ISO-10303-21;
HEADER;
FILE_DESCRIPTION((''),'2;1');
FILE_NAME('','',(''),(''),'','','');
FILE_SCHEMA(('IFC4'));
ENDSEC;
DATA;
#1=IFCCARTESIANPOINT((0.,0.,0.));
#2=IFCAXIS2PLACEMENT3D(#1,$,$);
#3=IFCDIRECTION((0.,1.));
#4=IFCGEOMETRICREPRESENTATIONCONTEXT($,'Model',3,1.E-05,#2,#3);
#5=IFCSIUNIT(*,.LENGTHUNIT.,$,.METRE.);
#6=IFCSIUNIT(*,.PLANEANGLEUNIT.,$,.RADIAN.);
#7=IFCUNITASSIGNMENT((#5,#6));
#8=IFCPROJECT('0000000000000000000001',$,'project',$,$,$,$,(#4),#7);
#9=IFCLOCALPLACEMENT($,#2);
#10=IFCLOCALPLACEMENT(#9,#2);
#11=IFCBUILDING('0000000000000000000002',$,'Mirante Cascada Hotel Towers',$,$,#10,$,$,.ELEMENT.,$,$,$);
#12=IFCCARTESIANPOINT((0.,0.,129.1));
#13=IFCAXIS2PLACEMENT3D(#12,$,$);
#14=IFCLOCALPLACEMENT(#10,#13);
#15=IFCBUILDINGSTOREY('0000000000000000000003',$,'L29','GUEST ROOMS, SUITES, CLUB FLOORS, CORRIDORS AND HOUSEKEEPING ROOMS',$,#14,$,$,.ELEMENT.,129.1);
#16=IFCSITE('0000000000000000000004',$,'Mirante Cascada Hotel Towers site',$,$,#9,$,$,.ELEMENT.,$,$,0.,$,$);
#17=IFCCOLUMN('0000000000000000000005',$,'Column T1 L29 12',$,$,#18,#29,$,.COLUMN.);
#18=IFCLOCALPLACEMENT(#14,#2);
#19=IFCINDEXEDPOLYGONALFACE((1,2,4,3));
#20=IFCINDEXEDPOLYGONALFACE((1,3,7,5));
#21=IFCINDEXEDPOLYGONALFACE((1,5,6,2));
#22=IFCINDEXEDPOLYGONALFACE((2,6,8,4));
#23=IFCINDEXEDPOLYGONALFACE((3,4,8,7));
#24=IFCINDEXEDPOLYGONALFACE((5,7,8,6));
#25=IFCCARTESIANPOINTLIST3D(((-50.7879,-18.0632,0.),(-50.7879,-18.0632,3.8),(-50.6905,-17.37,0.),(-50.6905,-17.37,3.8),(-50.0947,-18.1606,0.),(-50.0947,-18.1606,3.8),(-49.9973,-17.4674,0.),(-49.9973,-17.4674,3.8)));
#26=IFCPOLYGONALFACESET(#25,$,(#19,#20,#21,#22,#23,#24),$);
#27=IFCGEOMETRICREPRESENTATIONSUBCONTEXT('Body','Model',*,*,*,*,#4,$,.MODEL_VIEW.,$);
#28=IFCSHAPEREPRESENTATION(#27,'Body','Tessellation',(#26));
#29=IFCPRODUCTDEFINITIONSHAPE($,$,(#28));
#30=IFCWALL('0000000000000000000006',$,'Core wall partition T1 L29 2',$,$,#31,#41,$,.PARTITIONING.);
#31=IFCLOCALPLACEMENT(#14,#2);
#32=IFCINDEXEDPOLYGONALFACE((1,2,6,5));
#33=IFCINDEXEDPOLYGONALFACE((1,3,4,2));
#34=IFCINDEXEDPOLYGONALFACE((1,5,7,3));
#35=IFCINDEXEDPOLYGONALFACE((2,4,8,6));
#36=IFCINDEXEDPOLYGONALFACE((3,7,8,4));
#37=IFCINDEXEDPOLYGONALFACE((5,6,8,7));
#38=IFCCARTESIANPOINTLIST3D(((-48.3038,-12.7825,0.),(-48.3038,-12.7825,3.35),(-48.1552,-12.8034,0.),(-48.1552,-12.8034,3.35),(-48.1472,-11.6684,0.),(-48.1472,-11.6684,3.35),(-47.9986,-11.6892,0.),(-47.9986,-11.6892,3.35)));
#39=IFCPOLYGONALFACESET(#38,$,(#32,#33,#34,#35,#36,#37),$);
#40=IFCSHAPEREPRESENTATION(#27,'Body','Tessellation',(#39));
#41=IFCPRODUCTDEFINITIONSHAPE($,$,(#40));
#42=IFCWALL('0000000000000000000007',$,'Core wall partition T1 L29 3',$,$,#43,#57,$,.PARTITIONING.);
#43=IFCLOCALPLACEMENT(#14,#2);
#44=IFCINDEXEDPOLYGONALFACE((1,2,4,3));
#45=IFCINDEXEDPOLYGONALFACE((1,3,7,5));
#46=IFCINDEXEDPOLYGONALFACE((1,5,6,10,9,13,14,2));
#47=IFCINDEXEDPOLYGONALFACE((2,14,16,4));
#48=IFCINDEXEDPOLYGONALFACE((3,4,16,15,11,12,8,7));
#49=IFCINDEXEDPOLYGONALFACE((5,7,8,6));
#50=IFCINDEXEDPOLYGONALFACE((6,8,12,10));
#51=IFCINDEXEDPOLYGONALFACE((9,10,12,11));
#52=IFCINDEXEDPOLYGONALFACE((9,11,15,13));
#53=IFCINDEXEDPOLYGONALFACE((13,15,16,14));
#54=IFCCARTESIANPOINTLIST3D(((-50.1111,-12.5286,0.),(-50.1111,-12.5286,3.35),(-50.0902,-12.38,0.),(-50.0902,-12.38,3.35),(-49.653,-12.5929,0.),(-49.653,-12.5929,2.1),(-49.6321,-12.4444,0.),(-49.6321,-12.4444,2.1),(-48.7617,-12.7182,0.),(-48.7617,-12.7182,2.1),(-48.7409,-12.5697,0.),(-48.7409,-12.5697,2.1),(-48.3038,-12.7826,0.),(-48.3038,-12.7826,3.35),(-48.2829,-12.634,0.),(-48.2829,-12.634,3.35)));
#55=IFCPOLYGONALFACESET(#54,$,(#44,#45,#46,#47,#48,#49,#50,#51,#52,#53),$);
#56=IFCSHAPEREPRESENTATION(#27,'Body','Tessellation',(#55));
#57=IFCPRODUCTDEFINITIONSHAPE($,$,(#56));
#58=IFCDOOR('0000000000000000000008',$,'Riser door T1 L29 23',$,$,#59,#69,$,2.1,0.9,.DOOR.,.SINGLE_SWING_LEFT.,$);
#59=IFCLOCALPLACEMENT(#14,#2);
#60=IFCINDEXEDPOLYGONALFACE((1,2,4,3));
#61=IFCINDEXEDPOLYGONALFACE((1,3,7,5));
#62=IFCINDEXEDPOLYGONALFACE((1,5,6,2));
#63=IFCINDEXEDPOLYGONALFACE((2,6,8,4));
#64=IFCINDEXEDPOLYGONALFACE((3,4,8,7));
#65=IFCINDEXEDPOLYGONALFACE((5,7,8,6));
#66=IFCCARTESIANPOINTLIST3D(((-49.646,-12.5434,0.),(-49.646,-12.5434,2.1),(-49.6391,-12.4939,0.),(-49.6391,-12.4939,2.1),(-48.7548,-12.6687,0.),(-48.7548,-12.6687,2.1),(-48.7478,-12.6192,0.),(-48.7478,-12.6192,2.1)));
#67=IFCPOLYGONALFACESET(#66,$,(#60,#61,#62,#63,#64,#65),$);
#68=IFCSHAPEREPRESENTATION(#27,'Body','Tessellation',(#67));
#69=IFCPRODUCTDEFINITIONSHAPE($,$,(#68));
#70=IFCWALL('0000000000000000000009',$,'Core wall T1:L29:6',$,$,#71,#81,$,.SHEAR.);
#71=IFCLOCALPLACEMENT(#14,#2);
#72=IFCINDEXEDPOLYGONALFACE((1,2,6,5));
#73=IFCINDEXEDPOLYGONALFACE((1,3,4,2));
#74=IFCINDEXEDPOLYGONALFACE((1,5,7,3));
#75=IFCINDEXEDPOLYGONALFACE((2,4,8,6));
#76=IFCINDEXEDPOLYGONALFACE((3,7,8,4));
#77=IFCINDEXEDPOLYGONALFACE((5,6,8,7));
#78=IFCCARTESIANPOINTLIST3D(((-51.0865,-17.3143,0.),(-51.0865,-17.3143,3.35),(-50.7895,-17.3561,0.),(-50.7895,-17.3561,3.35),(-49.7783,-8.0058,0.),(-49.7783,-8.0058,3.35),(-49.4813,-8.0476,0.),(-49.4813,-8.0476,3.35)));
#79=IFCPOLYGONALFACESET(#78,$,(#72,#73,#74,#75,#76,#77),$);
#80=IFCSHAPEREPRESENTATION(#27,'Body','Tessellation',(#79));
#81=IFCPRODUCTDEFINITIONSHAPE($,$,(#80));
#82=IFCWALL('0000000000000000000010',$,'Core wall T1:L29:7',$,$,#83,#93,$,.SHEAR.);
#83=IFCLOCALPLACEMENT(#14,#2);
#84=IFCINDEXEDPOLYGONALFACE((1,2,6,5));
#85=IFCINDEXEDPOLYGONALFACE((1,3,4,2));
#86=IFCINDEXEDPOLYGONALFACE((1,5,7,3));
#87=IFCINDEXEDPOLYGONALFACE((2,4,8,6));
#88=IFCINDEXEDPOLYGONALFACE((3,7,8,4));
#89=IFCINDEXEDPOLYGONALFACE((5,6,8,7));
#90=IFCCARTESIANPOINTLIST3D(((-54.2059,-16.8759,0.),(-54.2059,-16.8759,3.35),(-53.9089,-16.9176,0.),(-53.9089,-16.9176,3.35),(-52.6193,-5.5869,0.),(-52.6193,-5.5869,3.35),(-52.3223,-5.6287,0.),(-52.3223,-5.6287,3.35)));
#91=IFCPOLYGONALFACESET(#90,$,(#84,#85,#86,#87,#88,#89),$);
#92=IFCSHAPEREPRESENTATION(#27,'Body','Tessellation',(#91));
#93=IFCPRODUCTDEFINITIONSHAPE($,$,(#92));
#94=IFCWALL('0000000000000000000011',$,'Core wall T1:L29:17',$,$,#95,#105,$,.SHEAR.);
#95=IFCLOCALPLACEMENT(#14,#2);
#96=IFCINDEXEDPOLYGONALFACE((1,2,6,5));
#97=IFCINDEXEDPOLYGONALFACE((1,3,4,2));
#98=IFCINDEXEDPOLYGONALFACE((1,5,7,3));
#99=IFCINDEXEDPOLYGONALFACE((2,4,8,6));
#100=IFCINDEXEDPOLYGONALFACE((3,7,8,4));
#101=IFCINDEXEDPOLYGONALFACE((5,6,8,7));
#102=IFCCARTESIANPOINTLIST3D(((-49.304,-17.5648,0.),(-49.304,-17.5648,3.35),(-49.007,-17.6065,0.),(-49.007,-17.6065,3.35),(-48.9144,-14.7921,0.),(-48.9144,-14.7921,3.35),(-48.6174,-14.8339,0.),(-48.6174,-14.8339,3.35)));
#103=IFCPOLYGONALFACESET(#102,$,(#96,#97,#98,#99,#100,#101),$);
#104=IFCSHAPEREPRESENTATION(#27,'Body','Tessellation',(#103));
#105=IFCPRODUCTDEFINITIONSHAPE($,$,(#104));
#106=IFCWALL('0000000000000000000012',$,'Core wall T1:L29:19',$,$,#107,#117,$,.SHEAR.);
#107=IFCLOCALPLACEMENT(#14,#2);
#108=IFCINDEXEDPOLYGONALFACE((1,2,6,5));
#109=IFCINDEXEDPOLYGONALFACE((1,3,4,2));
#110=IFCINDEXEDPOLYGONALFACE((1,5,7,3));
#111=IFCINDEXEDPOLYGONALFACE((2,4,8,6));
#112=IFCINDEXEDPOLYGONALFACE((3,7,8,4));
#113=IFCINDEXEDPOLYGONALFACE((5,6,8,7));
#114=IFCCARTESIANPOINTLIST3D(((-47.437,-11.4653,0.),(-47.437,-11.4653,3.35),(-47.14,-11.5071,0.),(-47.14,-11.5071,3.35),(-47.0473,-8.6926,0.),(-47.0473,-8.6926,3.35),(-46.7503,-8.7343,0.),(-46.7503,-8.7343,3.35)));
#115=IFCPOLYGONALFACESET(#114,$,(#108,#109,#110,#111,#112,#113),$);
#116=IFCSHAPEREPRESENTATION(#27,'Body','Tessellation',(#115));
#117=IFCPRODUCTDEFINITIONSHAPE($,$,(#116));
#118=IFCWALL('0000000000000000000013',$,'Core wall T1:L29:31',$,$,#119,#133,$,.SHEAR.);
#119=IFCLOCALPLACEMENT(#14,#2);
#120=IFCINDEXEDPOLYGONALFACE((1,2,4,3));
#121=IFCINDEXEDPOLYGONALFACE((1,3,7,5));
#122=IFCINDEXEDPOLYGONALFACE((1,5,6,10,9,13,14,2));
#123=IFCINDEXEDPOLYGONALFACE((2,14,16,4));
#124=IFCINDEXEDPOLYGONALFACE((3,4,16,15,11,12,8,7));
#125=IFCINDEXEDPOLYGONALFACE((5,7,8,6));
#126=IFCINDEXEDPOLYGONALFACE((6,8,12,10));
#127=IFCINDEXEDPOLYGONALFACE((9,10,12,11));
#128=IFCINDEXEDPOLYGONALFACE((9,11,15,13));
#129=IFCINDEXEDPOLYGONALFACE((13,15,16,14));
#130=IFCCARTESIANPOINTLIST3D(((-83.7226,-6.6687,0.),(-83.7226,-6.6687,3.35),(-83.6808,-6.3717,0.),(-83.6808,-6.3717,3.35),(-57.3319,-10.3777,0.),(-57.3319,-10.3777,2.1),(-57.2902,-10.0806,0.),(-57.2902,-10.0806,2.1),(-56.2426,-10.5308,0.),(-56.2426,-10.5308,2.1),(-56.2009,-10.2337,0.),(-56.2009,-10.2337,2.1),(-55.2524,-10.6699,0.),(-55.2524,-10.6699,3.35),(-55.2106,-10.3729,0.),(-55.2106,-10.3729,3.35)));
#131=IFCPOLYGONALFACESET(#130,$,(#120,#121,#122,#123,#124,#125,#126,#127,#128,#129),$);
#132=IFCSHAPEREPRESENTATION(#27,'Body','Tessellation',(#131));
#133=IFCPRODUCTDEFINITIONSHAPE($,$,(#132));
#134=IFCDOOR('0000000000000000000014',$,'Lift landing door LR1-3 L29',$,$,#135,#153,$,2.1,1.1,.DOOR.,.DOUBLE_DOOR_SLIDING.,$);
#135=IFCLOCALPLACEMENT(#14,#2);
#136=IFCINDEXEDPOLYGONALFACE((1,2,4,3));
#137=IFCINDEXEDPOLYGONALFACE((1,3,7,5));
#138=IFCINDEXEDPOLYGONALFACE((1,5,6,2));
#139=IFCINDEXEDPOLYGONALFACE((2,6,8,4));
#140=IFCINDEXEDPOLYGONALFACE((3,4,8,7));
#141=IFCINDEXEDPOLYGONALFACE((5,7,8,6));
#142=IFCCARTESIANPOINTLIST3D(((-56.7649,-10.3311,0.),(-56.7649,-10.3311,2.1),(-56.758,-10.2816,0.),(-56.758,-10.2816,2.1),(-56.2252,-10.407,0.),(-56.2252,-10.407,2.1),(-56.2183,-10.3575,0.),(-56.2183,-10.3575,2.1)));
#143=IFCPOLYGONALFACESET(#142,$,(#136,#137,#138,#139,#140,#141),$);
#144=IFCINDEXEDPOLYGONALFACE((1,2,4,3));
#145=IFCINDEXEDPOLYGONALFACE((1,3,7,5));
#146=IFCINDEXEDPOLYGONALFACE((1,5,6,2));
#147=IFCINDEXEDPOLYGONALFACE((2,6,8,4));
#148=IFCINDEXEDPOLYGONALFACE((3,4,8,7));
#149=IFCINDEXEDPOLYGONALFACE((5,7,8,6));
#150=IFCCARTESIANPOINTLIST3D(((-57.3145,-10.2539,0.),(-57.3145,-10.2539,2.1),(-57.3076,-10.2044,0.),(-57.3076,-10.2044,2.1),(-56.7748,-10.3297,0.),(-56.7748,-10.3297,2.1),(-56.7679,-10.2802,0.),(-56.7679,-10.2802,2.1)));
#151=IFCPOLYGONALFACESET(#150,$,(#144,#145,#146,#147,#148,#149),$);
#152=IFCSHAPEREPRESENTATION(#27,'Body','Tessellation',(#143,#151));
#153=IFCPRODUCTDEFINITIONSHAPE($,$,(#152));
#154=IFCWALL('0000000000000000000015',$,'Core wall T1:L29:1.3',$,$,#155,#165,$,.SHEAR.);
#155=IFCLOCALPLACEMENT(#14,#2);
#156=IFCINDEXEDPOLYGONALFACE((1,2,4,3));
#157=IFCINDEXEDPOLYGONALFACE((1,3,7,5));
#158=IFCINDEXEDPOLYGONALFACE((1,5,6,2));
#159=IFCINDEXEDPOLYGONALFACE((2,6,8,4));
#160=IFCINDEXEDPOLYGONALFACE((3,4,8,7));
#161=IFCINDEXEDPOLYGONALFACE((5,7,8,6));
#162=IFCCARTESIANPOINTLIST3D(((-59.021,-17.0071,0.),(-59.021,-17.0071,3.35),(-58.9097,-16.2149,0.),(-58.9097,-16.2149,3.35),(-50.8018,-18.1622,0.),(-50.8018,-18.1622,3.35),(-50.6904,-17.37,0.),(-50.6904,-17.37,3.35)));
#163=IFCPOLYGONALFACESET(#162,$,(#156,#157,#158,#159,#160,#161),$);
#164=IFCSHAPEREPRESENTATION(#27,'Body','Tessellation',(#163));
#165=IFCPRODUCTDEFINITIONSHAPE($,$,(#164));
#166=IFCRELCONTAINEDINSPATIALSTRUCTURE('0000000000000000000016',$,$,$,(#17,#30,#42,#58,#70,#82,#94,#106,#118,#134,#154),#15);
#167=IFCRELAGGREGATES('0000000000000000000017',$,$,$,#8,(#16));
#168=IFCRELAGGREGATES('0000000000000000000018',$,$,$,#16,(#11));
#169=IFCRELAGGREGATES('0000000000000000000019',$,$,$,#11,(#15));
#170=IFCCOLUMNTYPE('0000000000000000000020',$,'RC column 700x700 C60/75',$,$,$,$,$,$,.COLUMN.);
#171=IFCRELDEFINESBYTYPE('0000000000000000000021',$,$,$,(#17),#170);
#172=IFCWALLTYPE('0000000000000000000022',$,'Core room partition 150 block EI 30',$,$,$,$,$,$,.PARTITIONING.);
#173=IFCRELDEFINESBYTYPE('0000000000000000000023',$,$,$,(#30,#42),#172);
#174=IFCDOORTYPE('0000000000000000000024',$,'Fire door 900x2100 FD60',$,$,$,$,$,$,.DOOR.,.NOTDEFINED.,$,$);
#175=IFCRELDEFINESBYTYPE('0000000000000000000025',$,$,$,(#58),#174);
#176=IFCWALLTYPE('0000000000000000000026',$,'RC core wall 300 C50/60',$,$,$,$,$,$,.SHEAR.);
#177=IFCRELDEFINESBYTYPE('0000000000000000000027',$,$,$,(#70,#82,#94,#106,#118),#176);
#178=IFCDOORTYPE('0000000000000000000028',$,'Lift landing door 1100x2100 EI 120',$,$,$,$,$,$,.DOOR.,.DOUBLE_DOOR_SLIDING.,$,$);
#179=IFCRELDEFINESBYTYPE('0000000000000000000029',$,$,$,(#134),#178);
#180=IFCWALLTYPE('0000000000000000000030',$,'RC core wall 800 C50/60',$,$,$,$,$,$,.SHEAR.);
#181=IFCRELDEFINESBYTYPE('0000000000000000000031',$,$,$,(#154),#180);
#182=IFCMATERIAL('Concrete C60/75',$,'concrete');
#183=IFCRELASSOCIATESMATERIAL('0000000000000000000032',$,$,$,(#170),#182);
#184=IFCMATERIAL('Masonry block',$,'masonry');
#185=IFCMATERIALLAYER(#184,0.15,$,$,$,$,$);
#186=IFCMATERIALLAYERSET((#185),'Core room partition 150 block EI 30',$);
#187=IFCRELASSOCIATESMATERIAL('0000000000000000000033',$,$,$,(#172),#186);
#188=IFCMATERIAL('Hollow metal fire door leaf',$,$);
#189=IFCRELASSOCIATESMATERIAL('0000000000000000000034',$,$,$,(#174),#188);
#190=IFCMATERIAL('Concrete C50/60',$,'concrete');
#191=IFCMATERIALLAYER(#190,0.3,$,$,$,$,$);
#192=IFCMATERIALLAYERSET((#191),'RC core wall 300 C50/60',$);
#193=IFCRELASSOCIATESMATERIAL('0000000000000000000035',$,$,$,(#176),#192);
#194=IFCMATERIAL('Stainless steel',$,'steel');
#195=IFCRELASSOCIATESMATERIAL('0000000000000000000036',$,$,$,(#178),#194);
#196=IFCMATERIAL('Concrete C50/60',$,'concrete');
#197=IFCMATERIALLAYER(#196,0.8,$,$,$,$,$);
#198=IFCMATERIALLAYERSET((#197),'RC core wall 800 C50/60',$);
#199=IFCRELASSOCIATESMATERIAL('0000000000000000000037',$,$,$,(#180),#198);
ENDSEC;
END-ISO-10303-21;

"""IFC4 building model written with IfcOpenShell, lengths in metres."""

from ifc_helpers import new_model, si_unit, direction, frame, frame_2d, origin, origin_2d, place, context, subcontext, project, spatial, rectangle, extrude, material, layer, layer_set, material_profile, profile_set, type_object, element, fill, save


model = new_model("IFC4")

# Units and contexts
model_context = context("Model", 3, precision=1e-05, world=origin(), true_north=direction((0.0, 1.0)))
body_context = subcontext(model_context, "Body", "Model", "MODEL_VIEW")
ifc_project = project(units=[si_unit("LENGTHUNIT", "METRE"), si_unit("PLANEANGLEUNIT", "RADIAN")], contexts=[model_context])

# Site, building, storey
site_placement = place(None, origin())
site = spatial("IfcSite", under=ifc_project, at=site_placement, Name="Mirante Cascada Hotel Towers site", CompositionType="ELEMENT", RefElevation=0.0)
building_placement = place(site_placement, origin())
building = spatial("IfcBuilding", under=site, at=building_placement, Name="Mirante Cascada Hotel Towers", CompositionType="ELEMENT")
storey_placement = place(building_placement, frame((0.0, 0.0, 129.1)))
storey = spatial("IfcBuildingStorey", under=building, at=storey_placement, Name="L29", Description="GUEST ROOMS, SUITES, CLUB FLOORS, CORRIDORS AND HOUSEKEEPING ROOMS", CompositionType="ELEMENT", Elevation=129.1)

# Column
ifc_material_1 = material(Name="Concrete C60/75", Category="concrete")
ifc_material_profile = material_profile(ifc_material_1, rectangle(XDim=0.7, YDim=0.7, at=origin_2d()), Name="RC column 700x700 C60/75")
ifc_profile_set = profile_set([ifc_material_profile], Name="Concrete C60/75")
column_type = type_object("IfcColumnType", Name="RC column 700x700 C60/75", PredefinedType="COLUMN", material=ifc_profile_set)
column_placement = place(storey_placement, frame((-50.3926, -17.7653, 0.0), z_axis=(0.0, 0.0, 1.0), x_axis=(-0.990268, 0.139173, 0.0)))
element("IfcColumn", 1, at=column_placement, inside=storey, type_object=column_type, Name="Column T1 L29 12", PredefinedType="COLUMN", context=body_context, shape_type="SweptSolid", body=[
    extrude(rectangle(XDim=0.7, YDim=0.7, at=origin_2d()), origin(), (0.0, 0.0, 1.0), 3.8),
])

# Wall
ifc_material_2 = material(Name="Masonry block", Category="masonry")
ifc_layer_1 = layer(ifc_material_2, 0.15)
ifc_layer_set_1 = layer_set([ifc_layer_1], Name="Core room partition 150 block EI 30")
wall_type_1 = type_object("IfcWallType", Name="Core room partition 150 block EI 30", PredefinedType="PARTITIONING", material=ifc_layer_set_1)
wall_1_placement = place(storey_placement, frame((-48.2295, -12.793, 0.0), z_axis=(0.0, 0.0, 1.0), x_axis=(0.139193, 0.990265, 0.0)))
element("IfcWall", 2, at=wall_1_placement, inside=storey, type_object=wall_type_1, Name="Core wall partition T1 L29 2", PredefinedType="PARTITIONING", context=body_context, shape_type="SweptSolid", body=[
    extrude(rectangle(XDim=1.1251, YDim=0.15, at=frame_2d((0.5626, 0.0))), origin(), (0.0, 0.0, 1.0), 3.35),
])

# Wall, opening, door
wall_2_placement = place(storey_placement, frame((-48.2933, -12.7083, 0.0), z_axis=(0.0, 0.0, 1.0), x_axis=(-0.990268, 0.139173, 0.0)))
wall_2 = element("IfcWall", 3, at=wall_2_placement, inside=storey, type_object=wall_type_1, Name="Core wall partition T1 L29 3", PredefinedType="PARTITIONING", context=body_context, shape_type="SweptSolid", body=[
    extrude(rectangle(XDim=1.8251, YDim=0.15, at=frame_2d((0.9126, 0.0))), origin(), (0.0, 0.0, 1.0), 3.35),
])
opening_1_placement = place(wall_2_placement, frame((0.4625, 0.0, 0.0)))
opening_1 = element("IfcOpeningElement", 4, at=opening_1_placement, cuts=wall_2, PredefinedType="OPENING", context=body_context, shape_type="SweptSolid", body=[
    extrude(rectangle(XDim=0.9, YDim=2.1, at=frame_2d((0.45, 1.05))), frame((0.0, 0.075, 0.0), z_axis=(0.0, -1.0, 0.0), x_axis=(1.0, 0.0, 0.0)), (0.0, 0.0, 1.0), 0.15),
])
ifc_material_3 = material(Name="Hollow metal fire door leaf")
door_type_1 = type_object("IfcDoorType", Name="Fire door 900x2100 FD60", OperationType="NOTDEFINED", PredefinedType="DOOR", material=ifc_material_3)
door_1_placement = place(opening_1_placement, origin())
door_1 = element("IfcDoor", 5, at=door_1_placement, inside=storey, type_object=door_type_1, Name="Riser door T1 L29 23", OperationType="SINGLE_SWING_LEFT", OverallHeight=2.1, OverallWidth=0.9, PredefinedType="DOOR", context=body_context, shape_type="SweptSolid", body=[
    extrude(rectangle(XDim=0.9, YDim=2.1, at=frame_2d((0.45, 1.05))), frame((0.0, 0.025, 0.0), z_axis=(0.0, -1.0, 0.0), x_axis=(1.0, 0.0, 0.0)), (0.0, 0.0, 1.0), 0.05),
])
fill(opening_1, door_1)

# Walls
ifc_material_4 = material(Name="Concrete C50/60", Category="concrete")
ifc_layer_2 = layer(ifc_material_4, 0.3)
ifc_layer_set_2 = layer_set([ifc_layer_2], Name="RC core wall 300 C50/60")
wall_type_2 = type_object("IfcWallType", Name="RC core wall 300 C50/60", PredefinedType="SHEAR", material=ifc_layer_set_2)
wall_3_placement = place(storey_placement, frame((-50.938, -17.3352, 0.0), z_axis=(0.0, 0.0, 1.0), x_axis=(0.139171, 0.990268, 0.0)))
element("IfcWall", 6, at=wall_3_placement, inside=storey, type_object=wall_type_2, Name="Core wall T1:L29:6", PredefinedType="SHEAR", context=body_context, shape_type="SweptSolid", body=[
    extrude(rectangle(XDim=9.4, YDim=0.3, at=frame_2d((4.7, 0.0))), origin(), (0.0, 0.0, 1.0), 3.35),
])
wall_4_placement = place(storey_placement, frame((-54.0574, -16.8968, 0.0), z_axis=(0.0, 0.0, 1.0), x_axis=(0.139176, 0.990268, 0.0)))
element("IfcWall", 7, at=wall_4_placement, inside=storey, type_object=wall_type_2, Name="Core wall T1:L29:7", PredefinedType="SHEAR", context=body_context, shape_type="SweptSolid", body=[
    extrude(rectangle(XDim=11.3999, YDim=0.3, at=frame_2d((5.7, 0.0))), origin(), (0.0, 0.0, 1.0), 3.35),
])
wall_5_placement = place(storey_placement, frame((-49.1555, -17.5857, 0.0), z_axis=(0.0, 0.0, 1.0), x_axis=(0.139146, 0.990272, 0.0)))
element("IfcWall", 8, at=wall_5_placement, inside=storey, type_object=wall_type_2, Name="Core wall T1:L29:17", PredefinedType="SHEAR", context=body_context, shape_type="SweptSolid", body=[
    extrude(rectangle(XDim=2.7999, YDim=0.3, at=frame_2d((1.4, 0.0))), origin(), (0.0, 0.0, 1.0), 3.35),
])
wall_6_placement = place(storey_placement, frame((-47.2885, -11.4862, 0.0), z_axis=(0.0, 0.0, 1.0), x_axis=(0.139181, 0.990267, 0.0)))
element("IfcWall", 9, at=wall_6_placement, inside=storey, type_object=wall_type_2, Name="Core wall T1:L29:19", PredefinedType="SHEAR", context=body_context, shape_type="SweptSolid", body=[
    extrude(rectangle(XDim=2.8, YDim=0.3, at=frame_2d((1.4, 0.0))), origin(), (0.0, 0.0, 1.0), 3.35),
])

# Shared definitions
ifc_material_5 = material(Name="Stainless steel", Category="steel")
door_type_2 = type_object("IfcDoorType", Name="Lift landing door 1100x2100 EI 120", OperationType="DOUBLE_DOOR_SLIDING", PredefinedType="DOOR", material=ifc_material_5)

# Wall, opening, door
wall_7_placement = place(storey_placement, frame((-55.2315, -10.5214, 0.0), z_axis=(0.0, 0.0, 1.0), x_axis=(-0.990268, 0.139172, 0.0)))
wall_7 = element("IfcWall", 10, at=wall_7_placement, inside=storey, type_object=wall_type_2, Name="Core wall T1:L29:31", PredefinedType="SHEAR", context=body_context, shape_type="SweptSolid", body=[
    extrude(rectangle(XDim=28.75, YDim=0.3, at=frame_2d((14.375, 0.0))), origin(), (0.0, 0.0, 1.0), 3.35),
])
opening_2_placement = place(wall_7_placement, frame((1.0, 0.0, 0.0)))
opening_2 = element("IfcOpeningElement", 11, at=opening_2_placement, cuts=wall_7, PredefinedType="OPENING", context=body_context, shape_type="SweptSolid", body=[
    extrude(rectangle(XDim=1.1, YDim=2.1, at=frame_2d((0.55, 1.05))), frame((0.0, 0.15, 0.0), z_axis=(0.0, -1.0, 0.0), x_axis=(1.0, 0.0, 0.0)), (0.0, 0.0, 1.0), 0.3),
])
door_2_placement = place(opening_2_placement, origin())
door_2 = element("IfcDoor", 12, at=door_2_placement, inside=storey, type_object=door_type_2, Name="Lift landing door LR1-3 L29", OperationType="DOUBLE_DOOR_SLIDING", OverallHeight=2.1, OverallWidth=1.1, PredefinedType="DOOR", context=body_context, shape_type="SweptSolid", body=[
    extrude(rectangle(XDim=0.545, YDim=2.1, at=frame_2d((0.2725, 1.05))), frame((0.0, 0.025, 0.0), z_axis=(0.0, -1.0, 0.0), x_axis=(1.0, 0.0, 0.0)), (0.0, 0.0, 1.0), 0.05),
    extrude(rectangle(XDim=0.545, YDim=2.1, at=frame_2d((0.8275, 1.05))), frame((0.0, 0.025, 0.0), z_axis=(0.0, -1.0, 0.0), x_axis=(1.0, 0.0, 0.0)), (0.0, 0.0, 1.0), 0.05),
])
fill(opening_2, door_2)

# Wall
ifc_material_6 = material(Name="Concrete C50/60", Category="concrete")
ifc_layer_3 = layer(ifc_material_6, 0.8)
ifc_layer_set_3 = layer_set([ifc_layer_3], Name="RC core wall 800 C50/60")
wall_type_3 = type_object("IfcWallType", Name="RC core wall 800 C50/60", PredefinedType="SHEAR", material=ifc_layer_set_3)
wall_8_placement = place(storey_placement, frame((-50.7461, -17.7661, 0.0), z_axis=(0.0, 0.0, 1.0), x_axis=(-0.990269, 0.139169, 0.0)))
element("IfcWall", 13, at=wall_8_placement, inside=storey, type_object=wall_type_3, Name="Core wall T1:L29:1.3", PredefinedType="SHEAR", context=body_context, shape_type="SweptSolid", body=[
    extrude(rectangle(XDim=8.3, YDim=0.8, at=frame_2d((4.15, 0.0))), origin(), (0.0, 0.0, 1.0), 3.35),
])

save(model, "model.ifc")
